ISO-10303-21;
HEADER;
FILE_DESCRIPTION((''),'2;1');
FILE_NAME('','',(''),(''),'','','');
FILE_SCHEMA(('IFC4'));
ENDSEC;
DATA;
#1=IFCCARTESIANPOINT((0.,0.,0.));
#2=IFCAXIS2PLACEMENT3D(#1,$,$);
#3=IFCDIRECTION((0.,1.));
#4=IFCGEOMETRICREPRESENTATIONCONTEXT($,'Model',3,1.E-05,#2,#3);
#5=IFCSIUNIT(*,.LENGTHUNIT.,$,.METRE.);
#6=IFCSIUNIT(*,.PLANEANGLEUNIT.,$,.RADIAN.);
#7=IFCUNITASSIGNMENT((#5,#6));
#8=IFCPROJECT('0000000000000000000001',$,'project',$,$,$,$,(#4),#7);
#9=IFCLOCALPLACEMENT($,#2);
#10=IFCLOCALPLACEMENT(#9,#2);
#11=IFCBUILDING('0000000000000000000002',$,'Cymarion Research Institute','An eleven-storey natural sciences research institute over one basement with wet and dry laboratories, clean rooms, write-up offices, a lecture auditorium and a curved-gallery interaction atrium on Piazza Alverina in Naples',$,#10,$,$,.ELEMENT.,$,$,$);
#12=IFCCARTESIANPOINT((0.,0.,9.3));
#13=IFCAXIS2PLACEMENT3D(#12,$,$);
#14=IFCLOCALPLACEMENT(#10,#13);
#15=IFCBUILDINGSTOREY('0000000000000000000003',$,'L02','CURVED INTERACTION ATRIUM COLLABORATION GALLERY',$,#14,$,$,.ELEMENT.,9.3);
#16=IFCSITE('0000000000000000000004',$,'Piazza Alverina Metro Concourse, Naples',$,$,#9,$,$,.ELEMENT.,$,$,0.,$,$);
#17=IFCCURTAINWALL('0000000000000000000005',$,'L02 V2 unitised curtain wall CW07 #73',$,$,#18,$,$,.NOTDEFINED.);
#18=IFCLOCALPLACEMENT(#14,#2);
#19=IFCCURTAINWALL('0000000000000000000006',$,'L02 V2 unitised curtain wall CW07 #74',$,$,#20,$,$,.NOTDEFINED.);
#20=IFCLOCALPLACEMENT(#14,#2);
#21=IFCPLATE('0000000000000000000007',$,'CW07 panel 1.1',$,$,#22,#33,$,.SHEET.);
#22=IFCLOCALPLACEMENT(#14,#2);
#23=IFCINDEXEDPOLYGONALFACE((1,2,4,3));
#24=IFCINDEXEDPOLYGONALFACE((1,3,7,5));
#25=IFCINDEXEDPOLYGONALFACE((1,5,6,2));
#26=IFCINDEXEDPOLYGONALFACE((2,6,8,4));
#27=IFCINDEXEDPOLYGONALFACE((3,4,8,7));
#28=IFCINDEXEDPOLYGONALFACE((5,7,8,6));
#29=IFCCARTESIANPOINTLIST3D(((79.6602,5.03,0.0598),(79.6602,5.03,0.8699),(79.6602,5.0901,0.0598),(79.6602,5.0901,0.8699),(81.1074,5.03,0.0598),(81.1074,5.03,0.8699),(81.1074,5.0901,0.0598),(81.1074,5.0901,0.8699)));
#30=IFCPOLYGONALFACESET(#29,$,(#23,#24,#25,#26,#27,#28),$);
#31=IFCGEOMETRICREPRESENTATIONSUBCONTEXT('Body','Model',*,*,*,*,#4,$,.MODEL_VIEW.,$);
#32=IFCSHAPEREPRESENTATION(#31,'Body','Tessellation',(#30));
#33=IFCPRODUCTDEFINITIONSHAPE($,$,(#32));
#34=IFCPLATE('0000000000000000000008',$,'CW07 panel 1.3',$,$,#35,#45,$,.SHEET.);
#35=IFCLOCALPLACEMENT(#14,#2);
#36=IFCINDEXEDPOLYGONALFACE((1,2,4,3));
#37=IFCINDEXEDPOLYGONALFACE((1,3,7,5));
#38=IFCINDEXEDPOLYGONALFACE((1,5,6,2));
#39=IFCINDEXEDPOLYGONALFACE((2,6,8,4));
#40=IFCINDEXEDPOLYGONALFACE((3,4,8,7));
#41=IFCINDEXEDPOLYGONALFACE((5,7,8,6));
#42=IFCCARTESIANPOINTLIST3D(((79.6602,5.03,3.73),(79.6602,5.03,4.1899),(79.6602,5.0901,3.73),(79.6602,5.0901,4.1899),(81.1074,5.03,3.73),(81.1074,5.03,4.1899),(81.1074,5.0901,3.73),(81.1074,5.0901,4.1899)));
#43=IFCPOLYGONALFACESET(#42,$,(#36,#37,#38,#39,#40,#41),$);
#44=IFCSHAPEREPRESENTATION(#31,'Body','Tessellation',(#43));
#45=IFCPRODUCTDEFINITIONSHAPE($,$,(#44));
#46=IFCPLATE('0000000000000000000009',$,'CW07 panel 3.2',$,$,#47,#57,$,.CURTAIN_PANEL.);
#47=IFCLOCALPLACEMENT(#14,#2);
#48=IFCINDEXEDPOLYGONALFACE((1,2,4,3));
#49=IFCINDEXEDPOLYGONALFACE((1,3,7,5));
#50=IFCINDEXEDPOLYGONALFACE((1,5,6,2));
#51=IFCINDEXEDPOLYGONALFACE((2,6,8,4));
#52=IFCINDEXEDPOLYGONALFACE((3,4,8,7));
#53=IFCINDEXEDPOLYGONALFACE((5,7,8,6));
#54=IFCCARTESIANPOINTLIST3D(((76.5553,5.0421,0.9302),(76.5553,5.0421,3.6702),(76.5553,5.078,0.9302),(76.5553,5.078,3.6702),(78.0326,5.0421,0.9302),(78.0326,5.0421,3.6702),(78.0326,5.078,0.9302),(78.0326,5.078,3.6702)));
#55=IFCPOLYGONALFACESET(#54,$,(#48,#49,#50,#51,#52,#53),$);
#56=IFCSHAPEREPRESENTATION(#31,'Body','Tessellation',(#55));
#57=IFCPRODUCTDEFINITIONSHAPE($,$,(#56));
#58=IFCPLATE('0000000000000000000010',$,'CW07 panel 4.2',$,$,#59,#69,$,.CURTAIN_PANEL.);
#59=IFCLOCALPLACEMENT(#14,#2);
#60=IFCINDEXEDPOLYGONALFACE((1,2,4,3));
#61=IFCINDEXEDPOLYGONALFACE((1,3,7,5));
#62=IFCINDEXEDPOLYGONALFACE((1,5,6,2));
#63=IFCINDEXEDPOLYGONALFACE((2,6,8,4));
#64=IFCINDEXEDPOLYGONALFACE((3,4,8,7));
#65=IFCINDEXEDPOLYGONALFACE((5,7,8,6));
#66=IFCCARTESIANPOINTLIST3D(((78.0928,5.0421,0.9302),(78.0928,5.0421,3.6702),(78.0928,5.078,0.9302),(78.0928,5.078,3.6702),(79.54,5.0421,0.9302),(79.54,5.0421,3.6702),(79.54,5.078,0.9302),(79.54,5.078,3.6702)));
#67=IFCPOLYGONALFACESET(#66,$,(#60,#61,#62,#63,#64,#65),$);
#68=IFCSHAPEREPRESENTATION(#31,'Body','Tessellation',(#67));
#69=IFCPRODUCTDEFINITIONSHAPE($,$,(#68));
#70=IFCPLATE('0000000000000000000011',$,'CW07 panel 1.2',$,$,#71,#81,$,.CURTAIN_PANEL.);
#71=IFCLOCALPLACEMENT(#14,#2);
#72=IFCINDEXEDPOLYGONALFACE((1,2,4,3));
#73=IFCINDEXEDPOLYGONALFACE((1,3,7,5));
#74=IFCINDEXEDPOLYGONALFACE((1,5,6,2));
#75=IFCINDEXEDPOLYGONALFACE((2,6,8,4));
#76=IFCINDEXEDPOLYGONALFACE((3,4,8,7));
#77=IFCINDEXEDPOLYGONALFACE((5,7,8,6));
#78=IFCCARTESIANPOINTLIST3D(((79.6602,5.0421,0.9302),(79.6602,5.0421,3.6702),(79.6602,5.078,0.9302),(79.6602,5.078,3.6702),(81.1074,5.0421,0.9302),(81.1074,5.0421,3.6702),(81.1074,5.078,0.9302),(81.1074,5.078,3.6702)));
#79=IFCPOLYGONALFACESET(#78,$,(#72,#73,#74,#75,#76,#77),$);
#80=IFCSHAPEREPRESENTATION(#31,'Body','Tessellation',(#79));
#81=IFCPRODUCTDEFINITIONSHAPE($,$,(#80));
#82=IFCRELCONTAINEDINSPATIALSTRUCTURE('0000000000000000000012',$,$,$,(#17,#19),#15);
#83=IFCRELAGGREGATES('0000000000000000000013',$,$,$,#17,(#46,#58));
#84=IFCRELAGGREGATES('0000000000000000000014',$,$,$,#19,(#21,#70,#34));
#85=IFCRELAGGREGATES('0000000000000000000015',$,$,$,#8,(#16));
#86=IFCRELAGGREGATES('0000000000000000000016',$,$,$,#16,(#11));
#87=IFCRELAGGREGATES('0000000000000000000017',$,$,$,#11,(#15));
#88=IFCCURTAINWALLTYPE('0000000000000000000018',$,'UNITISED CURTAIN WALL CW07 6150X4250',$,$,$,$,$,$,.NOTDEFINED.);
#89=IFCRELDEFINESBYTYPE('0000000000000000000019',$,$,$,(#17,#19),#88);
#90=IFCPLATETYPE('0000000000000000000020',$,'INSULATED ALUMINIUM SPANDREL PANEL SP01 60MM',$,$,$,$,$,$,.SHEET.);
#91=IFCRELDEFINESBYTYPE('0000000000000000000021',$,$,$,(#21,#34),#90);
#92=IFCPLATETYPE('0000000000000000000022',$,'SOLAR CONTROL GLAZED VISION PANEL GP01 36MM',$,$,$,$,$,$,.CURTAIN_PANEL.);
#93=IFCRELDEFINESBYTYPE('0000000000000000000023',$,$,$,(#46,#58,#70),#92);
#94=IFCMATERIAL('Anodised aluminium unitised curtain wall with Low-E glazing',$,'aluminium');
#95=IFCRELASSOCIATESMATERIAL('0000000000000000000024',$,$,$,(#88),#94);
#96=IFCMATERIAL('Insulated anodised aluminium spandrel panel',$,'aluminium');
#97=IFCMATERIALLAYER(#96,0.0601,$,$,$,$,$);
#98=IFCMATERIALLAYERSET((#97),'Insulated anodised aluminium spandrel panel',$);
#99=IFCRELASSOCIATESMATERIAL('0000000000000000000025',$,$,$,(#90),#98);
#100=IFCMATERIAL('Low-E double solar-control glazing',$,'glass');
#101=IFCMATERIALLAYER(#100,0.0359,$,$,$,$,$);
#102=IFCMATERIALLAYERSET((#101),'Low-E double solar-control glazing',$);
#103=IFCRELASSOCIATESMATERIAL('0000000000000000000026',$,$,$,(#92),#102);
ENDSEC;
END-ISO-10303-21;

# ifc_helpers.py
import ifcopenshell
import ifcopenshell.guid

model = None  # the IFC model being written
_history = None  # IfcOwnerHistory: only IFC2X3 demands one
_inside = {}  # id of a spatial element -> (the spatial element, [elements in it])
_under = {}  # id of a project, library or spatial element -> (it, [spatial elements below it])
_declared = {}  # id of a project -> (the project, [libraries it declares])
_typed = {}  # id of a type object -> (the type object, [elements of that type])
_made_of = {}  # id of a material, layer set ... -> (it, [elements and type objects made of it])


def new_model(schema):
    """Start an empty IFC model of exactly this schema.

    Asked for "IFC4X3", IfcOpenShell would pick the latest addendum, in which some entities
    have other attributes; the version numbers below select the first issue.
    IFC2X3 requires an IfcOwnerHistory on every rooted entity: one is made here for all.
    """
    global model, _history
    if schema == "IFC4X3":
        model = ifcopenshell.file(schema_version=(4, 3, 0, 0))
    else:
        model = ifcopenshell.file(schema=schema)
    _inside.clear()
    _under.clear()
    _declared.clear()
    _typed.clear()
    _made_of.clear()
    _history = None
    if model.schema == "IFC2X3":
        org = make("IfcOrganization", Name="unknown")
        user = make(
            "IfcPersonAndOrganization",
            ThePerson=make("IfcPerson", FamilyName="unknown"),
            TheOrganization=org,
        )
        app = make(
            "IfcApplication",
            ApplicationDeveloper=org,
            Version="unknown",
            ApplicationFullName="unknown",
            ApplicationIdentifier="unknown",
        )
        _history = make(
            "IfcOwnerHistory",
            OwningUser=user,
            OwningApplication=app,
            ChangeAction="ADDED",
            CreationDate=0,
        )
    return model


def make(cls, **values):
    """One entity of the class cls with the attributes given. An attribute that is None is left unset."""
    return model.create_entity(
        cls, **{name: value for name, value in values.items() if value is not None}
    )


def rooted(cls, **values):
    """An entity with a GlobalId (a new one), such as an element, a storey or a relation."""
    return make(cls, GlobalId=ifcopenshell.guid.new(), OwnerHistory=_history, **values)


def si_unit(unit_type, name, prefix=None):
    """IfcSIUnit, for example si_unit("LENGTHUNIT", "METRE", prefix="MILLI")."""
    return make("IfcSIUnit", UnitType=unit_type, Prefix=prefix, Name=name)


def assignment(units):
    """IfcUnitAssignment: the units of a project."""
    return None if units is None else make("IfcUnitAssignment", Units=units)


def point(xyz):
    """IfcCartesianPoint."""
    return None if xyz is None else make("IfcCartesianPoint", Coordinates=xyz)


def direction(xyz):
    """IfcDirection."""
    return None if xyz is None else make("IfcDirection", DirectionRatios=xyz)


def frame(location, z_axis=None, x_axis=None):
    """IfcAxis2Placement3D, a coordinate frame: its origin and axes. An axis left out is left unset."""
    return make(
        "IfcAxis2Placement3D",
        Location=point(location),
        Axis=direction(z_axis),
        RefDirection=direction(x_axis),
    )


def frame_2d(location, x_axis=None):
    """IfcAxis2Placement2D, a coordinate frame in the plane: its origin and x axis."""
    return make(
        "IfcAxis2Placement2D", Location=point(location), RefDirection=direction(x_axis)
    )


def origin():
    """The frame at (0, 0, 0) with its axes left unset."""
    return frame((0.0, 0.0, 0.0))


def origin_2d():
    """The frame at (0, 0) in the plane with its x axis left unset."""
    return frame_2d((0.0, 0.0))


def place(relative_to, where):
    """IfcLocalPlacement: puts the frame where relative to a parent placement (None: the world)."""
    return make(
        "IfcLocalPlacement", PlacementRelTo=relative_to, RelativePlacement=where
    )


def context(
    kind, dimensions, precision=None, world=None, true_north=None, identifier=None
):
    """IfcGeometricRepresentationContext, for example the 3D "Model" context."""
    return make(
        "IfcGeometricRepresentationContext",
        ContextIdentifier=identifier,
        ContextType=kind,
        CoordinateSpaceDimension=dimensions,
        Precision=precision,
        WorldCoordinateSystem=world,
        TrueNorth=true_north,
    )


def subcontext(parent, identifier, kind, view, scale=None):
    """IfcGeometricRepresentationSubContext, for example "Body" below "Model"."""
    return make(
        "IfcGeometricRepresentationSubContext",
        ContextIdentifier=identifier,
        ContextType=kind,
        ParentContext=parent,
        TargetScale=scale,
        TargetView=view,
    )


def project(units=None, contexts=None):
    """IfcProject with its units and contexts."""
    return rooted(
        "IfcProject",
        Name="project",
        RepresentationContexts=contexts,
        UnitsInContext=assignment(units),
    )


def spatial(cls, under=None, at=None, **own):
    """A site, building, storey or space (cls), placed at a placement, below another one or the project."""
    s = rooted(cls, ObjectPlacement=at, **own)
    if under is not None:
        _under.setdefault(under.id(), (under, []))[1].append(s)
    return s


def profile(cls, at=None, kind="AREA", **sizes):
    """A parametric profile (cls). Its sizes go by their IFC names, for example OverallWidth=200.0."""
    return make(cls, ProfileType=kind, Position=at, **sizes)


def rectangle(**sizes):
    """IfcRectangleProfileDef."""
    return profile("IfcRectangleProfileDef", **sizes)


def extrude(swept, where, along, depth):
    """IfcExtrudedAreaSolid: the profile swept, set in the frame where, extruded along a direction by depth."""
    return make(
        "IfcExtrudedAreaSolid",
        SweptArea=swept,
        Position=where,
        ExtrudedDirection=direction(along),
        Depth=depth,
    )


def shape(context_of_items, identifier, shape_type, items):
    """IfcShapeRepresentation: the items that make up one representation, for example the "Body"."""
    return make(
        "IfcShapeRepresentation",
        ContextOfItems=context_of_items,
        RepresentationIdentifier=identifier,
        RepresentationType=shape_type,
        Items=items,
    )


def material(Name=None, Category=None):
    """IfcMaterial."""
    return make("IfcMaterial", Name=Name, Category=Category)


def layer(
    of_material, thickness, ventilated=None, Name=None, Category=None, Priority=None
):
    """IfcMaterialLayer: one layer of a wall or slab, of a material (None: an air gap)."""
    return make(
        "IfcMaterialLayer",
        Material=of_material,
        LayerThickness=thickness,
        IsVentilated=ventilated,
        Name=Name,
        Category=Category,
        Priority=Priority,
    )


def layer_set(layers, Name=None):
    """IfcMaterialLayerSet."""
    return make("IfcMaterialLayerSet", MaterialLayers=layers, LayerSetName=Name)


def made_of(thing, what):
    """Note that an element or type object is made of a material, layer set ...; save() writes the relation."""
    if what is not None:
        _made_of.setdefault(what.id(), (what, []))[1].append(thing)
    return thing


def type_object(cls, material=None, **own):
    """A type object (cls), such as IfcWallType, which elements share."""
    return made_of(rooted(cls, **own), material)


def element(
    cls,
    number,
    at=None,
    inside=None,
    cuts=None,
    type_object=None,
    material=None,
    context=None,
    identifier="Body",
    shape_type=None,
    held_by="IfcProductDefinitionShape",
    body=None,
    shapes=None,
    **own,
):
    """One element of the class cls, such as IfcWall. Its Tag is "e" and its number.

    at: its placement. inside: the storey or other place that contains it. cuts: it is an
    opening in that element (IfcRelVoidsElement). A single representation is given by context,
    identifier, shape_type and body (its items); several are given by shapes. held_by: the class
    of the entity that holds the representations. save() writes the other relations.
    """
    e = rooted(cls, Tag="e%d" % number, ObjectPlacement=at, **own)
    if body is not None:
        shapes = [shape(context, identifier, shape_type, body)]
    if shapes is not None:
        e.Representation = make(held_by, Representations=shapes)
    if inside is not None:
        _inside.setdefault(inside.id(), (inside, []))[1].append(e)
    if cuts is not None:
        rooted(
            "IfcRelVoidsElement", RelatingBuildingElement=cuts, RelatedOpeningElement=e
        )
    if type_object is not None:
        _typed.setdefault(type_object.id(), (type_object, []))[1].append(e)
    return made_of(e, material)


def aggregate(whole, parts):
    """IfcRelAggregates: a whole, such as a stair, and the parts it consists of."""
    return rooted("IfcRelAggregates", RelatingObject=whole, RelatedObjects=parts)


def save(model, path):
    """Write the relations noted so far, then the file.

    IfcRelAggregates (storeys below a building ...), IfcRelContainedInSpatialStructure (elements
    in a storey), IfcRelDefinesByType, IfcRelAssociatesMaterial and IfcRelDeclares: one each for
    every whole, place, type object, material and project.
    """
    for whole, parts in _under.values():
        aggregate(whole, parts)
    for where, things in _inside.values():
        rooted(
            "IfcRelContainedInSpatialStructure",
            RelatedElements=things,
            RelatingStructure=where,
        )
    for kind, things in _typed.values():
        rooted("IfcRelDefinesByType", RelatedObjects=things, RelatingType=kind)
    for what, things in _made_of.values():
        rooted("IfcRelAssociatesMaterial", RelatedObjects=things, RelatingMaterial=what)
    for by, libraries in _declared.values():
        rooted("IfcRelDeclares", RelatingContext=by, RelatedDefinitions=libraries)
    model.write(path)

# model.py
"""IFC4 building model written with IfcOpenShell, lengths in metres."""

from ifc_helpers import new_model, si_unit, direction, frame, origin, origin_2d, place, context, subcontext, project, spatial, rectangle, extrude, material, layer, layer_set, type_object, element, aggregate, save


model = new_model("IFC4")

# Units and contexts
model_context = context("Model", 3, precision=1e-05, world=origin(), true_north=direction((0.0, 1.0)))
body_context = subcontext(model_context, "Body", "Model", "MODEL_VIEW")
ifc_project = project(units=[si_unit("LENGTHUNIT", "METRE"), si_unit("PLANEANGLEUNIT", "RADIAN")], contexts=[model_context])

# Site, building, storey
site_placement = place(None, origin())
site = spatial("IfcSite", under=ifc_project, at=site_placement, Name="Piazza Alverina Metro Concourse, Naples", CompositionType="ELEMENT", RefElevation=0.0)
building_placement = place(site_placement, origin())
building = spatial("IfcBuilding", under=site, at=building_placement, Name="Cymarion Research Institute", Description="An eleven-storey natural sciences research institute over one basement with wet and dry laboratories, clean rooms, write-up offices, a lecture auditorium and a curved-gallery interaction atrium on Piazza Alverina in Naples", CompositionType="ELEMENT")
storey_placement = place(building_placement, frame((0.0, 0.0, 9.3)))
storey = spatial("IfcBuildingStorey", under=building, at=storey_placement, Name="L02", Description="CURVED INTERACTION ATRIUM COLLABORATION GALLERY", CompositionType="ELEMENT", Elevation=9.3)

# Curtain walls
ifc_material_1 = material(Name="Anodised aluminium unitised curtain wall with Low-E glazing", Category="aluminium")
curtain_wall_type = type_object("IfcCurtainWallType", Name="UNITISED CURTAIN WALL CW07 6150X4250", PredefinedType="NOTDEFINED", material=ifc_material_1)
curtain_wall_1_placement = place(storey_placement, origin())
curtain_wall_1 = element("IfcCurtainWall", 1, at=curtain_wall_1_placement, inside=storey, type_object=curtain_wall_type, Name="L02 V2 unitised curtain wall CW07 #73", PredefinedType="NOTDEFINED")
curtain_wall_2_placement = place(storey_placement, origin())
curtain_wall_2 = element("IfcCurtainWall", 2, at=curtain_wall_2_placement, inside=storey, type_object=curtain_wall_type, Name="L02 V2 unitised curtain wall CW07 #74", PredefinedType="NOTDEFINED")

# Plates
ifc_material_2 = material(Name="Insulated anodised aluminium spandrel panel", Category="aluminium")
ifc_layer_1 = layer(ifc_material_2, 0.0601)
ifc_layer_set_1 = layer_set([ifc_layer_1], Name="Insulated anodised aluminium spandrel panel")
plate_type_1 = type_object("IfcPlateType", Name="INSULATED ALUMINIUM SPANDREL PANEL SP01 60MM", PredefinedType="SHEET", material=ifc_layer_set_1)
plate_1_placement = place(storey_placement, frame((80.3838, 5.0601, 0.0598), z_axis=(0.0, 0.0, 1.0), x_axis=(1.0, 0.0, 0.0)))
plate_1 = element("IfcPlate", 3, at=plate_1_placement, type_object=plate_type_1, Name="CW07 panel 1.1", PredefinedType="SHEET", context=body_context, shape_type="SweptSolid", body=[
    extrude(rectangle(XDim=1.4473, YDim=0.0601, at=origin_2d()), origin(), (0.0, 0.0, 1.0), 0.8101),
])
plate_2_placement = place(storey_placement, frame((80.3838, 5.0601, 3.73), z_axis=(0.0, 0.0, 1.0), x_axis=(1.0, 0.0, 0.0)))
plate_2 = element("IfcPlate", 4, at=plate_2_placement, type_object=plate_type_1, Name="CW07 panel 1.3", PredefinedType="SHEET", context=body_context, shape_type="SweptSolid", body=[
    extrude(rectangle(XDim=1.4473, YDim=0.0601, at=origin_2d()), origin(), (0.0, 0.0, 1.0), 0.46),
])
ifc_material_3 = material(Name="Low-E double solar-control glazing", Category="glass")
ifc_layer_2 = layer(ifc_material_3, 0.0359)
ifc_layer_set_2 = layer_set([ifc_layer_2], Name="Low-E double solar-control glazing")
plate_type_2 = type_object("IfcPlateType", Name="SOLAR CONTROL GLAZED VISION PANEL GP01 36MM", PredefinedType="CURTAIN_PANEL", material=ifc_layer_set_2)
plate_3_placement = place(storey_placement, frame((77.2939, 5.0601, 0.9302), z_axis=(0.0, 0.0, 1.0), x_axis=(1.0, 0.0, 0.0)))
plate_3 = element("IfcPlate", 5, at=plate_3_placement, type_object=plate_type_2, Name="CW07 panel 3.2", PredefinedType="CURTAIN_PANEL", context=body_context, shape_type="SweptSolid", body=[
    extrude(rectangle(XDim=1.4773, YDim=0.0359, at=origin_2d()), origin(), (0.0, 0.0, 1.0), 2.74),
])
plate_4_placement = place(storey_placement, frame((78.8164, 5.0601, 0.9302), z_axis=(0.0, 0.0, 1.0), x_axis=(1.0, 0.0, 0.0)))
plate_4 = element("IfcPlate", 6, at=plate_4_placement, type_object=plate_type_2, Name="CW07 panel 4.2", PredefinedType="CURTAIN_PANEL", context=body_context, shape_type="SweptSolid", body=[
    extrude(rectangle(XDim=1.4473, YDim=0.0359, at=origin_2d()), origin(), (0.0, 0.0, 1.0), 2.74),
])
aggregate(curtain_wall_1, [plate_3, plate_4])
plate_5_placement = place(storey_placement, frame((80.3838, 5.0601, 0.9302), z_axis=(0.0, 0.0, 1.0), x_axis=(1.0, 0.0, 0.0)))
plate_5 = element("IfcPlate", 7, at=plate_5_placement, type_object=plate_type_2, Name="CW07 panel 1.2", PredefinedType="CURTAIN_PANEL", context=body_context, shape_type="SweptSolid", body=[
    extrude(rectangle(XDim=1.4473, YDim=0.0359, at=origin_2d()), origin(), (0.0, 0.0, 1.0), 2.74),
])
aggregate(curtain_wall_2, [plate_1, plate_5, plate_2])

save(model, "model.ifc")
